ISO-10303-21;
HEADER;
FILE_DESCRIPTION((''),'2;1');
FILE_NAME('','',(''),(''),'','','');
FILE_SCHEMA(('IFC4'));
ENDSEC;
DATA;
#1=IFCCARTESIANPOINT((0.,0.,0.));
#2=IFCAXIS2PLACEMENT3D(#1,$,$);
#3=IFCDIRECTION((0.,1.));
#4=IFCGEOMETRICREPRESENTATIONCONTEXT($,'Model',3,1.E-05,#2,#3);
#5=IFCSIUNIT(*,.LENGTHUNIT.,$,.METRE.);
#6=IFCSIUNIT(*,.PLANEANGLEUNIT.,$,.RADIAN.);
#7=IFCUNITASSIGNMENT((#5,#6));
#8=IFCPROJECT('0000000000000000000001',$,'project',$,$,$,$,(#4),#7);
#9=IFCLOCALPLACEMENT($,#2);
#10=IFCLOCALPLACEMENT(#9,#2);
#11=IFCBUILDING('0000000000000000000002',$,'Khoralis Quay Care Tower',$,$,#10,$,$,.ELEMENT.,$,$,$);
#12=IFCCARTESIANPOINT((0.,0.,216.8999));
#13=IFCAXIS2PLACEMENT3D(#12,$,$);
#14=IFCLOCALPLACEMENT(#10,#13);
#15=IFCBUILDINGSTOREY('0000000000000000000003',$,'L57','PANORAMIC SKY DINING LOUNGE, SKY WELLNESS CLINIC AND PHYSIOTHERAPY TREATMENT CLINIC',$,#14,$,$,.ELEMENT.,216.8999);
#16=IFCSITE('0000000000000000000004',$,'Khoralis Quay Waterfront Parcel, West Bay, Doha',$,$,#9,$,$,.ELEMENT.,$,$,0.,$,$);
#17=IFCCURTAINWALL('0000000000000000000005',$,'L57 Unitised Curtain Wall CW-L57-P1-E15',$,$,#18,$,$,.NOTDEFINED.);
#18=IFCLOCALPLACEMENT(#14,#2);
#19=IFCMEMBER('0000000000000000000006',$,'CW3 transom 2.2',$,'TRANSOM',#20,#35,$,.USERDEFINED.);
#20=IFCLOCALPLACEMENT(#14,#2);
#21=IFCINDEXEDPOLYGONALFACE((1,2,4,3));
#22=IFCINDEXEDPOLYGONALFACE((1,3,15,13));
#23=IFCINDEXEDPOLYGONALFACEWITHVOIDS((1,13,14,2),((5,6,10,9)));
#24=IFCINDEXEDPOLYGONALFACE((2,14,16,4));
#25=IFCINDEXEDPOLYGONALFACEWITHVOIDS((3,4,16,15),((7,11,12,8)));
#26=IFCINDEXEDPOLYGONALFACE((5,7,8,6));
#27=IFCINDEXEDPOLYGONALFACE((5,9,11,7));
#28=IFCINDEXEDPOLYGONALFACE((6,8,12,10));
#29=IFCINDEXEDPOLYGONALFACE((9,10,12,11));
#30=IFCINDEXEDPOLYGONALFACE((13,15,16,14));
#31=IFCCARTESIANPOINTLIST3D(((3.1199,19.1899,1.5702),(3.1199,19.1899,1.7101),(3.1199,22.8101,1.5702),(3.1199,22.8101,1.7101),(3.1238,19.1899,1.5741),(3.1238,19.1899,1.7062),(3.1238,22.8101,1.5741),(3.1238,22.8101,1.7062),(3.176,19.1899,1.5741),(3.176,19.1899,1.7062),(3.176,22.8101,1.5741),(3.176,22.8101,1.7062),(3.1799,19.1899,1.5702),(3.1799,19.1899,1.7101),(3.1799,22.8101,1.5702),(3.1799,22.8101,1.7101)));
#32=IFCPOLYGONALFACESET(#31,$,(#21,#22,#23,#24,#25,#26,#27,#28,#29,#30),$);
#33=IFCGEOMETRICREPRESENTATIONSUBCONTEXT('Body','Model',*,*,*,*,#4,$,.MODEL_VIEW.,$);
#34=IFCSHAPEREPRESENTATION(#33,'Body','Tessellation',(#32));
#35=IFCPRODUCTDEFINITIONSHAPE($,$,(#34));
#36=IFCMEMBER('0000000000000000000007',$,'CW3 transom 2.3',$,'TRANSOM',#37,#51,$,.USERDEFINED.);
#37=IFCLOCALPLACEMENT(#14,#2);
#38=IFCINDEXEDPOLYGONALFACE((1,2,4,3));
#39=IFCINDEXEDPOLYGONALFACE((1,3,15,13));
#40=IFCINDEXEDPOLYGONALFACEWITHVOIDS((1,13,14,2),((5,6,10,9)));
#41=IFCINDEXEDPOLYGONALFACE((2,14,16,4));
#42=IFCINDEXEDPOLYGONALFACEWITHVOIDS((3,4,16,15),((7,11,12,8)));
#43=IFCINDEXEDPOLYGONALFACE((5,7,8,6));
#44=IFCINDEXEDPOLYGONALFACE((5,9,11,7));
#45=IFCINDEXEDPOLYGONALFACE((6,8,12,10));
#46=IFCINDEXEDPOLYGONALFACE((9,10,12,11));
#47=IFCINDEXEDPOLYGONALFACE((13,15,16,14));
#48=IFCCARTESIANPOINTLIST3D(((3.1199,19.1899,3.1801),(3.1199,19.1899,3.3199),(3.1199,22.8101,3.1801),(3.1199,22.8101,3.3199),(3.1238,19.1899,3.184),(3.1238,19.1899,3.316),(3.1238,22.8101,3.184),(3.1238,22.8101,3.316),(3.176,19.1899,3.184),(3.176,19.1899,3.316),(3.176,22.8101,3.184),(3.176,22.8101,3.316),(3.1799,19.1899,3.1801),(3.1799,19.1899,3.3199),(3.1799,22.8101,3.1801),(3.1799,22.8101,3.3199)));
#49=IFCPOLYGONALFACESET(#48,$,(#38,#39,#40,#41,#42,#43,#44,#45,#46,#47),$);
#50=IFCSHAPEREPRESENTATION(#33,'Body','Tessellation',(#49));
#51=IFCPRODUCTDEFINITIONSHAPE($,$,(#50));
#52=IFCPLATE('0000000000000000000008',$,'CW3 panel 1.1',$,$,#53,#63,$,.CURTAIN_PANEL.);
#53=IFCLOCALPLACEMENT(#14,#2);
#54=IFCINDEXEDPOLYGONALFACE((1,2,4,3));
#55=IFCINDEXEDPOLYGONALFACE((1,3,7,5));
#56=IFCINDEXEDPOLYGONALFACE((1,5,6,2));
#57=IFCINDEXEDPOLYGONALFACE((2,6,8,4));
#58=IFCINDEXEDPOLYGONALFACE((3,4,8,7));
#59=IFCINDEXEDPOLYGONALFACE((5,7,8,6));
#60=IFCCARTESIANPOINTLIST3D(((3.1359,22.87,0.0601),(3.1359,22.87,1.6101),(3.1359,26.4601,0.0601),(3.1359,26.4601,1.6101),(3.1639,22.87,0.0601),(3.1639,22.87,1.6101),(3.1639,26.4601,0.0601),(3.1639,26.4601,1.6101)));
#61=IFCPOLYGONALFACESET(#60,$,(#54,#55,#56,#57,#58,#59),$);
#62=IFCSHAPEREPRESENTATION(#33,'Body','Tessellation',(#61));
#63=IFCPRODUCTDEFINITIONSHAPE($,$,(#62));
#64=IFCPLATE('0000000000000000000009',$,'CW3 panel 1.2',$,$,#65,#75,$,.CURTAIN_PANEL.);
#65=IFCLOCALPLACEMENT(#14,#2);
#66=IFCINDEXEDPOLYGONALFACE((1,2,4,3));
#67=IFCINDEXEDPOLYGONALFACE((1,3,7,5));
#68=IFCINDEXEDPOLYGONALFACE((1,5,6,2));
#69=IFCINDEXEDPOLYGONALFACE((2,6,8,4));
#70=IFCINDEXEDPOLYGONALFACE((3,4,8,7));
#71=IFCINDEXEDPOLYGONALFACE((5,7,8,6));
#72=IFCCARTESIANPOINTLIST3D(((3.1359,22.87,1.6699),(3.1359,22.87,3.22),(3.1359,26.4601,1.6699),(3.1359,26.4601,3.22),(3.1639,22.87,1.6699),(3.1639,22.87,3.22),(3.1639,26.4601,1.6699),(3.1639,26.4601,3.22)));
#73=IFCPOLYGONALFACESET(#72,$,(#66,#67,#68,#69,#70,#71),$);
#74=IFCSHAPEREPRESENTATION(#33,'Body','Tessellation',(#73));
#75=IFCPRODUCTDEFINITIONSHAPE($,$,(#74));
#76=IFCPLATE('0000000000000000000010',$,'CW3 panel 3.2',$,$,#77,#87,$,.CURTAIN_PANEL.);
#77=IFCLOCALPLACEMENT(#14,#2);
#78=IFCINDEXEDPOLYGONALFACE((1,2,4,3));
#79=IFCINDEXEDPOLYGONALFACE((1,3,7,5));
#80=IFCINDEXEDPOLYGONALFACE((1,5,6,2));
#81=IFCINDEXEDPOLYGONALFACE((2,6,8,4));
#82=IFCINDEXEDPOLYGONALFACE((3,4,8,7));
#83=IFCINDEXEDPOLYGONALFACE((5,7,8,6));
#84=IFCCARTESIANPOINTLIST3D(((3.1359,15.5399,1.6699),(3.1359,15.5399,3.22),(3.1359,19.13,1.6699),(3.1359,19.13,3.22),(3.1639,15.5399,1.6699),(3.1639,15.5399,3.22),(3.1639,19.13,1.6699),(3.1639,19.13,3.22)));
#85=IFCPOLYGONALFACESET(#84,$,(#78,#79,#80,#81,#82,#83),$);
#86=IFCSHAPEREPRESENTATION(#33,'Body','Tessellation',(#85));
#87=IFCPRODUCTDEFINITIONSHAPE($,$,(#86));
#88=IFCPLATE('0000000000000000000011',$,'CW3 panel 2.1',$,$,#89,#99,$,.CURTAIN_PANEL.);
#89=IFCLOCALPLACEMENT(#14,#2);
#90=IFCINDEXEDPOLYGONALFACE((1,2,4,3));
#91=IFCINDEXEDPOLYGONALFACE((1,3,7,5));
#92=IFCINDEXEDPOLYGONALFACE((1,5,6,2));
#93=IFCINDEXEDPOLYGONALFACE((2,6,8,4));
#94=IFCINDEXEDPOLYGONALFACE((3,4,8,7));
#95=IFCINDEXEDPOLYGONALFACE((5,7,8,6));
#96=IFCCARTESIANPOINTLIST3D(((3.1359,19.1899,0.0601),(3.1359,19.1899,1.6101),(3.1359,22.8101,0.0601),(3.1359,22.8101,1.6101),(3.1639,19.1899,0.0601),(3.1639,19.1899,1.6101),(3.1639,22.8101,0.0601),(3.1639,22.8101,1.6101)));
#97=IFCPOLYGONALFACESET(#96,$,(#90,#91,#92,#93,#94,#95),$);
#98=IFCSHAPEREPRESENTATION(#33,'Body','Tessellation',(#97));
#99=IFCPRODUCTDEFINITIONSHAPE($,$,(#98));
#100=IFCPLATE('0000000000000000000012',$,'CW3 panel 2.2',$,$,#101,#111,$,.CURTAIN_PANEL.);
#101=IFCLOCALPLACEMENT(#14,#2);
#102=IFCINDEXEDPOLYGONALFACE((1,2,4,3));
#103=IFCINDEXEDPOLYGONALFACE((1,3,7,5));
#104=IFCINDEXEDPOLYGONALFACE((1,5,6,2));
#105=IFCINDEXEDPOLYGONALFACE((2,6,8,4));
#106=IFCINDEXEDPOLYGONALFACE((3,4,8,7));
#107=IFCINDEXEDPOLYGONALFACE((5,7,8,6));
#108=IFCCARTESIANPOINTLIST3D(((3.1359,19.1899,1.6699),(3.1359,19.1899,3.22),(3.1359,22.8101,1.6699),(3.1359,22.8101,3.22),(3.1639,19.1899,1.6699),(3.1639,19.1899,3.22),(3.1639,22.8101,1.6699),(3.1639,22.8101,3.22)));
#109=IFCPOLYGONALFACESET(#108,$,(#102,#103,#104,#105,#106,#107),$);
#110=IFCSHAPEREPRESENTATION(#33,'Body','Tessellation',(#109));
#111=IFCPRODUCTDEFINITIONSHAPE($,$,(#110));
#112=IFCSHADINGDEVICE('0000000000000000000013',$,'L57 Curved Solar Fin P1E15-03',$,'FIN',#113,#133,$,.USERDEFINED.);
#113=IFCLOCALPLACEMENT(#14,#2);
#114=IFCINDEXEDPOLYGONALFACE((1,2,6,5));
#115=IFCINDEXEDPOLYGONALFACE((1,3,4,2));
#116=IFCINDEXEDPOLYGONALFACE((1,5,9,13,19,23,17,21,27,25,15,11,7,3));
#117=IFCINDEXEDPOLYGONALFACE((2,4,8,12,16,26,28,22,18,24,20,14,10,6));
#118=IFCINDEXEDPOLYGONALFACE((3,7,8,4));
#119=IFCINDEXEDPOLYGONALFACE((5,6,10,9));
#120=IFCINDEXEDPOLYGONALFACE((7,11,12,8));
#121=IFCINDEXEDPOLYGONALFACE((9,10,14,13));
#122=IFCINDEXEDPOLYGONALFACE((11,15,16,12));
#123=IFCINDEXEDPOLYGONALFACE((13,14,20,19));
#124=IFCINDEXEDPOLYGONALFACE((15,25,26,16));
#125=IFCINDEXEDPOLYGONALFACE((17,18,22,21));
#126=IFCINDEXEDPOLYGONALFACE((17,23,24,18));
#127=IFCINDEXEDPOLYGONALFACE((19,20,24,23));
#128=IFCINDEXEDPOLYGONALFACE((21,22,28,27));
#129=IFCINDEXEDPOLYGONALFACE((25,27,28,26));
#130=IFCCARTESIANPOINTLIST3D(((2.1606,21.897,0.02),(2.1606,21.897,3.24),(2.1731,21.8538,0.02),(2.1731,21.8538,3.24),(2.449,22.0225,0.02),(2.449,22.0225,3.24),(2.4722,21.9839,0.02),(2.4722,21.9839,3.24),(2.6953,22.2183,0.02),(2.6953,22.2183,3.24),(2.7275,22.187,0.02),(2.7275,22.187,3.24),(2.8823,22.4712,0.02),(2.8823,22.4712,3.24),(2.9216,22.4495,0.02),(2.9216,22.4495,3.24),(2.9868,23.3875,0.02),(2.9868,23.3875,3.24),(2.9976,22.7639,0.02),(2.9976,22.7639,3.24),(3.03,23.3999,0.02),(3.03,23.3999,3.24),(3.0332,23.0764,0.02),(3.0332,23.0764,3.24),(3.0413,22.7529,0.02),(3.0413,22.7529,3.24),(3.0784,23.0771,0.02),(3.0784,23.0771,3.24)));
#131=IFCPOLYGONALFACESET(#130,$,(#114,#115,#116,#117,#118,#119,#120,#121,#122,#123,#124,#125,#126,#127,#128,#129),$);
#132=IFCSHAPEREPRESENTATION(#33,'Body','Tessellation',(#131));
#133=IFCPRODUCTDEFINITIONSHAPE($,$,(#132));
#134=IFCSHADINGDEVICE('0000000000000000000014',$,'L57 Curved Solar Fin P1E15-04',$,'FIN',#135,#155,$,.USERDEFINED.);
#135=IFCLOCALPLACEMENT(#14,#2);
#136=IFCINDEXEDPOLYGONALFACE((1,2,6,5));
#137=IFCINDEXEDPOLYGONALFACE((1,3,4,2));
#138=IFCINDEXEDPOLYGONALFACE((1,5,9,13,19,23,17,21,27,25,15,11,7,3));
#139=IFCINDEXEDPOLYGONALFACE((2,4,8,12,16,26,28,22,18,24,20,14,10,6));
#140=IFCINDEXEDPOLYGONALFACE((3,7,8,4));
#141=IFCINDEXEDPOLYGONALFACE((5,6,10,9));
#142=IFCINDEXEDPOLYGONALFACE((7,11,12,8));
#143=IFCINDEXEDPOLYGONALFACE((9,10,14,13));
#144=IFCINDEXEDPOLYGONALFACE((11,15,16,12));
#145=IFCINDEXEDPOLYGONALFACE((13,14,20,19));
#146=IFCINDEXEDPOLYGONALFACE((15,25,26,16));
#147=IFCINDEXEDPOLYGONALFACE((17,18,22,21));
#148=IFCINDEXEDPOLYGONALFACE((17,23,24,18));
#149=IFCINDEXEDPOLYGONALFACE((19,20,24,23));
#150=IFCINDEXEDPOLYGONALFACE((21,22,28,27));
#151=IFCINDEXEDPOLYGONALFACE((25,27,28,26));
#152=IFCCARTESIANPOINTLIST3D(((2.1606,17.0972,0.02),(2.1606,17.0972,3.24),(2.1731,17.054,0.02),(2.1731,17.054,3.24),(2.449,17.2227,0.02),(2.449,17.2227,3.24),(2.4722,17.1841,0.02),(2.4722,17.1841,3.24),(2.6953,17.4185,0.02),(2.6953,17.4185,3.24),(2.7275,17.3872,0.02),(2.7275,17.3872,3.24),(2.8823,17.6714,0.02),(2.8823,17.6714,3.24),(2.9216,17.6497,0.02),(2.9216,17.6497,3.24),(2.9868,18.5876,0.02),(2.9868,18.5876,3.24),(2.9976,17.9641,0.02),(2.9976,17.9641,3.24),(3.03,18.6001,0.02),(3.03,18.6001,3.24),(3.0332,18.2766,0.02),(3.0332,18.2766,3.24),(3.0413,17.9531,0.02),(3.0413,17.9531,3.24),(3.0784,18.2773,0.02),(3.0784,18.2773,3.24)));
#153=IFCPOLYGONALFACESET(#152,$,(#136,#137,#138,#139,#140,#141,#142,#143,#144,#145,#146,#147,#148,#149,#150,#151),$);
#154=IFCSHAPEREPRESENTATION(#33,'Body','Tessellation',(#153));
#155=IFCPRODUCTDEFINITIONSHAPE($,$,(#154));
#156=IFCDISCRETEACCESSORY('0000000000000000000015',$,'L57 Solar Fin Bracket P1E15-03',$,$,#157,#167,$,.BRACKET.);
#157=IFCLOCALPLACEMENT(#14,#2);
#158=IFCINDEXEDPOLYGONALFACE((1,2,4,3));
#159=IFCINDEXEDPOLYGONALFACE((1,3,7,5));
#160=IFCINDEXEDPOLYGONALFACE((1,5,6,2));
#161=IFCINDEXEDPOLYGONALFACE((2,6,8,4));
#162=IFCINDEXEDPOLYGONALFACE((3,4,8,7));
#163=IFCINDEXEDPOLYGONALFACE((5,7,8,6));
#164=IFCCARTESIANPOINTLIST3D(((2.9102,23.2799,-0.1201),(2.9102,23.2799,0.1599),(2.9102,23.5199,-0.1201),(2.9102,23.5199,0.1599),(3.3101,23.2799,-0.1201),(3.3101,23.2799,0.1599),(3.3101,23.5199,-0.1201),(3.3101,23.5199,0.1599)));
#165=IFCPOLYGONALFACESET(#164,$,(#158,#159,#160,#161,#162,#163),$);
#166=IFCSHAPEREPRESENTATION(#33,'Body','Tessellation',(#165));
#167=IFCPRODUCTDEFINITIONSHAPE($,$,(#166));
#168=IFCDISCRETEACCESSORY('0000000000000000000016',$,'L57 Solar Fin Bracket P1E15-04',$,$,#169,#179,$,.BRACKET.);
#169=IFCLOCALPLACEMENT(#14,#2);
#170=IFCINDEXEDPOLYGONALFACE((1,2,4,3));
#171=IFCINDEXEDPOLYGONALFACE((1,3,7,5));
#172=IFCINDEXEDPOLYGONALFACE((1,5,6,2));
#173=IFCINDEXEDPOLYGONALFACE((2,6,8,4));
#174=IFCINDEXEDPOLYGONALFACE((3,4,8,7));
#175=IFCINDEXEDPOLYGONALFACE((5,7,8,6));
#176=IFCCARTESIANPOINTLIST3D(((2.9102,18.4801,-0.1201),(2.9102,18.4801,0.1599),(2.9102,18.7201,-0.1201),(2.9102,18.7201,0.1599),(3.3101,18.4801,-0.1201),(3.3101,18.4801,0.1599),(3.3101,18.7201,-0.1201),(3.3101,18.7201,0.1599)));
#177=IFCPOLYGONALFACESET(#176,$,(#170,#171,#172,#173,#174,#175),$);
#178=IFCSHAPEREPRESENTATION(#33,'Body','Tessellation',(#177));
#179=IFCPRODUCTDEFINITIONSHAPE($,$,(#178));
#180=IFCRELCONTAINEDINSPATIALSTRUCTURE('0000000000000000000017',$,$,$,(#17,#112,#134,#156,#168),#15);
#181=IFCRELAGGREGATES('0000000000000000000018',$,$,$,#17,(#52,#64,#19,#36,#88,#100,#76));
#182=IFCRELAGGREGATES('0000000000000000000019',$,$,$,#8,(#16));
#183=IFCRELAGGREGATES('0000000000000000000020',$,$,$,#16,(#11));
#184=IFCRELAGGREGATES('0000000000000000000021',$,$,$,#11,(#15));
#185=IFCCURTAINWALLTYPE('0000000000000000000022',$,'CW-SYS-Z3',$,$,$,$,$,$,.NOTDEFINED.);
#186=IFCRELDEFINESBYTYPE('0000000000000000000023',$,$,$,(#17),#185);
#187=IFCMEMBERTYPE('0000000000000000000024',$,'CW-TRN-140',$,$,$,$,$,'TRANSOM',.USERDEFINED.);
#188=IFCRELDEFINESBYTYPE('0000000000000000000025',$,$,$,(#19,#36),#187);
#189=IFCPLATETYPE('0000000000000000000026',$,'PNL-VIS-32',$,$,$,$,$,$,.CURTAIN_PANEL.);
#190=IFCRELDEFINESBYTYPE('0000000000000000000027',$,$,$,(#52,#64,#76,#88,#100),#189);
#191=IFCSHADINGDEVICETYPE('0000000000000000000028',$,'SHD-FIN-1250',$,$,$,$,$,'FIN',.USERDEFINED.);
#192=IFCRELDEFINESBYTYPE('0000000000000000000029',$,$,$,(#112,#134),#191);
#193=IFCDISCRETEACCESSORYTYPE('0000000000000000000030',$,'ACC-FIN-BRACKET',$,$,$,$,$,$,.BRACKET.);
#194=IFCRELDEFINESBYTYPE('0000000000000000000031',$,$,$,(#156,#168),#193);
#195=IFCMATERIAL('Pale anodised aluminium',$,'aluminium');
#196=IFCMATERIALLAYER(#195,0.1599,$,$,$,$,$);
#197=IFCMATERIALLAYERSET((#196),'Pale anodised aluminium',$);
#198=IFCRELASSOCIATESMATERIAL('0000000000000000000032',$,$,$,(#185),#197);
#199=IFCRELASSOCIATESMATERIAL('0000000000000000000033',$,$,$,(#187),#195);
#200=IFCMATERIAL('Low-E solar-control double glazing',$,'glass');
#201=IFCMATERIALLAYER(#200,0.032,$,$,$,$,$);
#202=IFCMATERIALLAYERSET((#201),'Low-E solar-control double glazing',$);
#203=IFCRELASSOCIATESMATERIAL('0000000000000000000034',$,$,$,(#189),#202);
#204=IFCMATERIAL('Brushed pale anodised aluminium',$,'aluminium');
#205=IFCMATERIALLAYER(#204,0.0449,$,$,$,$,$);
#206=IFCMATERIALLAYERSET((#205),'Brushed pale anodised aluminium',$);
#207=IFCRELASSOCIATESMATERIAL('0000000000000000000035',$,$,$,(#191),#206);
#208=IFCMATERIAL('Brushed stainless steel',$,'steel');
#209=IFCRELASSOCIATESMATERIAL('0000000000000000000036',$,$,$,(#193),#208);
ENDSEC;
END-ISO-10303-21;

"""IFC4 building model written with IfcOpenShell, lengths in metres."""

from ifc_helpers import new_model, si_unit, direction, frame, origin, origin_2d, place, context, subcontext, project, spatial, polyline, rectangle, hollow_rectangle, outline, extrude, source, transform, mapped, material, layer, layer_set, material_profile, profile_set, type_object, element, aggregate, save


model = new_model("IFC4")

# Units and contexts
model_context = context("Model", 3, precision=1e-05, world=origin(), true_north=direction((0.0, 1.0)))
body_context = subcontext(model_context, "Body", "Model", "MODEL_VIEW")
ifc_project = project(units=[si_unit("LENGTHUNIT", "METRE"), si_unit("PLANEANGLEUNIT", "RADIAN")], contexts=[model_context])

# Site, building, storey
site_placement = place(None, origin())
site = spatial("IfcSite", under=ifc_project, at=site_placement, Name="Khoralis Quay Waterfront Parcel, West Bay, Doha", CompositionType="ELEMENT", RefElevation=0.0)
building_placement = place(site_placement, origin())
building = spatial("IfcBuilding", under=site, at=building_placement, Name="Khoralis Quay Care Tower", CompositionType="ELEMENT")
storey_placement = place(building_placement, frame((0.0, 0.0, 216.8999)))
storey = spatial("IfcBuildingStorey", under=building, at=storey_placement, Name="L57", Description="PANORAMIC SKY DINING LOUNGE, SKY WELLNESS CLINIC AND PHYSIOTHERAPY TREATMENT CLINIC", CompositionType="ELEMENT", Elevation=216.8999)

# Curtain wall, members, plates
ifc_material_1 = material(Name="Pale anodised aluminium", Category="aluminium")
ifc_layer_1 = layer(ifc_material_1, 0.1599)
ifc_layer_set_1 = layer_set([ifc_layer_1], Name="Pale anodised aluminium")
curtain_wall_type = type_object("IfcCurtainWallType", Name="CW-SYS-Z3", PredefinedType="NOTDEFINED", material=ifc_layer_set_1)
curtain_wall_placement = place(storey_placement, origin())
curtain_wall = element("IfcCurtainWall", 1, at=curtain_wall_placement, inside=storey, type_object=curtain_wall_type, Name="L57 Unitised Curtain Wall CW-L57-P1-E15", PredefinedType="NOTDEFINED")
ifc_material_profile_1 = material_profile(ifc_material_1, hollow_rectangle(XDim=0.0601, YDim=0.1399, WallThickness=0.0039, at=origin_2d()), Name="Pale anodised aluminium")
ifc_profile_set_1 = profile_set([ifc_material_profile_1], Name="Pale anodised aluminium")
member_type_1 = type_object("IfcMemberType", Name="CW-TRN-140", ElementType="TRANSOM", PredefinedType="USERDEFINED", material=ifc_profile_set_1)
shared_shape_1 = source(origin(), body_context, "Body", "SweptSolid", [
    extrude(hollow_rectangle(XDim=0.0601, YDim=0.1399, WallThickness=0.0039, at=origin_2d()), origin(), (0.0, 0.0, 1.0), 3.6201),
])
member_1_placement = place(storey_placement, frame((3.1499, 22.8101, 1.6401), z_axis=(0.0, -1.0, 0.0), x_axis=(1.0, 0.0, 0.0)))
member_1 = element("IfcMember", 2, at=member_1_placement, type_object=member_type_1, Name="CW3 transom 2.2", ObjectType="TRANSOM", PredefinedType="USERDEFINED", context=body_context, shape_type="MappedRepresentation", body=[
    mapped(shared_shape_1, transform((0.0, 0.0, 0.0), scale=1.0)),
])
member_2_placement = place(storey_placement, frame((3.1499, 22.8101, 3.25), z_axis=(0.0, -1.0, 0.0), x_axis=(1.0, 0.0, 0.0)))
member_2 = element("IfcMember", 3, at=member_2_placement, type_object=member_type_1, Name="CW3 transom 2.3", ObjectType="TRANSOM", PredefinedType="USERDEFINED", context=body_context, shape_type="MappedRepresentation", body=[
    mapped(shared_shape_1, transform((0.0, 0.0, 0.0), scale=1.0)),
])
ifc_material_2 = material(Name="Low-E solar-control double glazing", Category="glass")
ifc_layer_2 = layer(ifc_material_2, 0.032)
ifc_layer_set_2 = layer_set([ifc_layer_2], Name="Low-E solar-control double glazing")
plate_type = type_object("IfcPlateType", Name="PNL-VIS-32", PredefinedType="CURTAIN_PANEL", material=ifc_layer_set_2)
shared_shape_2 = source(origin(), body_context, "Body", "SweptSolid", [
    extrude(rectangle(XDim=3.5901, YDim=0.0281, at=origin_2d()), origin(), (0.0, 0.0, 1.0), 1.55),
])
plate_1_placement = place(storey_placement, frame((3.1499, 24.665, 0.0601), z_axis=(0.0, 0.0, 1.0), x_axis=(0.0, -1.0, 0.0)))
plate_1 = element("IfcPlate", 4, at=plate_1_placement, type_object=plate_type, Name="CW3 panel 1.1", PredefinedType="CURTAIN_PANEL", context=body_context, shape_type="MappedRepresentation", body=[
    mapped(shared_shape_2, transform((0.0, 0.0, 0.0), scale=1.0)),
])
plate_2_placement = place(storey_placement, frame((3.1499, 24.665, 1.6699), z_axis=(0.0, 0.0, 1.0), x_axis=(0.0, -1.0, 0.0)))
plate_2 = element("IfcPlate", 5, at=plate_2_placement, type_object=plate_type, Name="CW3 panel 1.2", PredefinedType="CURTAIN_PANEL", context=body_context, shape_type="MappedRepresentation", body=[
    mapped(shared_shape_2, transform((0.0, 0.0, 0.0), scale=1.0)),
])
plate_3_placement = place(storey_placement, frame((3.1499, 17.335, 1.6699), z_axis=(0.0, 0.0, 1.0), x_axis=(0.0, -1.0, 0.0)))
plate_3 = element("IfcPlate", 6, at=plate_3_placement, type_object=plate_type, Name="CW3 panel 3.2", PredefinedType="CURTAIN_PANEL", context=body_context, shape_type="MappedRepresentation", body=[
    mapped(shared_shape_2, transform((0.0, 0.0, 0.0), scale=1.0)),
])
shared_shape_3 = source(origin(), body_context, "Body", "SweptSolid", [
    extrude(rectangle(XDim=3.6201, YDim=0.0281, at=origin_2d()), origin(), (0.0, 0.0, 1.0), 1.55),
])
plate_4_placement = place(storey_placement, frame((3.1499, 21.0, 0.0601), z_axis=(0.0, 0.0, 1.0), x_axis=(0.0, -1.0, 0.0)))
plate_4 = element("IfcPlate", 7, at=plate_4_placement, type_object=plate_type, Name="CW3 panel 2.1", PredefinedType="CURTAIN_PANEL", context=body_context, shape_type="MappedRepresentation", body=[
    mapped(shared_shape_3, transform((0.0, 0.0, 0.0), scale=1.0)),
])
plate_5_placement = place(storey_placement, frame((3.1499, 21.0, 1.6699), z_axis=(0.0, 0.0, 1.0), x_axis=(0.0, -1.0, 0.0)))
plate_5 = element("IfcPlate", 8, at=plate_5_placement, type_object=plate_type, Name="CW3 panel 2.2", PredefinedType="CURTAIN_PANEL", context=body_context, shape_type="MappedRepresentation", body=[
    mapped(shared_shape_3, transform((0.0, 0.0, 0.0), scale=1.0)),
])
aggregate(curtain_wall, [plate_1, plate_2, member_1, member_2, plate_4, plate_5, plate_3])

# Shading devices
ifc_material_3 = material(Name="Brushed pale anodised aluminium", Category="aluminium")
ifc_layer_3 = layer(ifc_material_3, 0.0449)
ifc_layer_set_3 = layer_set([ifc_layer_3], Name="Brushed pale anodised aluminium")
shading_device_type = type_object("IfcShadingDeviceType", Name="SHD-FIN-1250", ElementType="FIN", PredefinedType="USERDEFINED", material=ifc_layer_set_3)
shared_shape_4 = source(origin(), body_context, "Body", "SweptSolid", [
    extrude(outline(polyline([(0.0, 0.0), (-0.0483, 0.3228), (-0.0112, 0.647), (0.1084, 0.9504), (0.3025, 1.2129), (0.5579, 1.416), (0.8569, 1.5461), (0.8694, 1.5029), (0.5811, 1.3774), (0.3347, 1.1816), (0.1477, 0.9287), (0.0325, 0.636), (-0.0032, 0.3235), (0.0432, 0.0125), (0.0, 0.0)])), origin(), (0.0, 0.0, 1.0), 3.22),
])
for number, where, z_axis, x_axis, name in (
    (9, (3.03, 23.3999, 0.02), (0.0, 0.0, 1.0), (-1.0, 0.0, 0.0), "L57 Curved Solar Fin P1E15-03"),
    (10, (3.03, 18.6001, 0.02), (0.0, 0.0, 1.0), (-1.0, 0.0, 0.0), "L57 Curved Solar Fin P1E15-04"),
):
    element("IfcShadingDevice", number, at=place(storey_placement, frame(where, z_axis=z_axis, x_axis=x_axis)), inside=storey, type_object=shading_device_type, Name=name, ObjectType="FIN", PredefinedType="USERDEFINED", context=body_context, shape_type="MappedRepresentation", body=[
        mapped(shared_shape_4, transform((0.0, 0.0, 0.0), scale=1.0)),
    ])

# Discrete accessories
ifc_material_4 = material(Name="Brushed stainless steel", Category="steel")
discrete_accessory_type = type_object("IfcDiscreteAccessoryType", Name="ACC-FIN-BRACKET", PredefinedType="BRACKET", material=ifc_material_4)
shared_shape_5 = source(origin(), body_context, "Body", "SweptSolid", [
    extrude(rectangle(XDim=0.3999, YDim=0.24, at=origin_2d()), origin(), (0.0, 0.0, 1.0), 0.28),
])
for number, where, z_axis, x_axis, name in (
    (11, (3.1101, 23.3999, -0.1201), (0.0, 0.0, 1.0), (-1.0, 0.0, 0.0), "L57 Solar Fin Bracket P1E15-03"),
    (12, (3.1101, 18.6001, -0.1201), (0.0, 0.0, 1.0), (-1.0, 0.0, 0.0), "L57 Solar Fin Bracket P1E15-04"),
):
    element("IfcDiscreteAccessory", number, at=place(storey_placement, frame(where, z_axis=z_axis, x_axis=x_axis)), inside=storey, type_object=discrete_accessory_type, Name=name, PredefinedType="BRACKET", context=body_context, shape_type="MappedRepresentation", body=[
        mapped(shared_shape_5, transform((0.0, 0.0, 0.0), scale=1.0)),
    ])

save(model, "model.ifc")
